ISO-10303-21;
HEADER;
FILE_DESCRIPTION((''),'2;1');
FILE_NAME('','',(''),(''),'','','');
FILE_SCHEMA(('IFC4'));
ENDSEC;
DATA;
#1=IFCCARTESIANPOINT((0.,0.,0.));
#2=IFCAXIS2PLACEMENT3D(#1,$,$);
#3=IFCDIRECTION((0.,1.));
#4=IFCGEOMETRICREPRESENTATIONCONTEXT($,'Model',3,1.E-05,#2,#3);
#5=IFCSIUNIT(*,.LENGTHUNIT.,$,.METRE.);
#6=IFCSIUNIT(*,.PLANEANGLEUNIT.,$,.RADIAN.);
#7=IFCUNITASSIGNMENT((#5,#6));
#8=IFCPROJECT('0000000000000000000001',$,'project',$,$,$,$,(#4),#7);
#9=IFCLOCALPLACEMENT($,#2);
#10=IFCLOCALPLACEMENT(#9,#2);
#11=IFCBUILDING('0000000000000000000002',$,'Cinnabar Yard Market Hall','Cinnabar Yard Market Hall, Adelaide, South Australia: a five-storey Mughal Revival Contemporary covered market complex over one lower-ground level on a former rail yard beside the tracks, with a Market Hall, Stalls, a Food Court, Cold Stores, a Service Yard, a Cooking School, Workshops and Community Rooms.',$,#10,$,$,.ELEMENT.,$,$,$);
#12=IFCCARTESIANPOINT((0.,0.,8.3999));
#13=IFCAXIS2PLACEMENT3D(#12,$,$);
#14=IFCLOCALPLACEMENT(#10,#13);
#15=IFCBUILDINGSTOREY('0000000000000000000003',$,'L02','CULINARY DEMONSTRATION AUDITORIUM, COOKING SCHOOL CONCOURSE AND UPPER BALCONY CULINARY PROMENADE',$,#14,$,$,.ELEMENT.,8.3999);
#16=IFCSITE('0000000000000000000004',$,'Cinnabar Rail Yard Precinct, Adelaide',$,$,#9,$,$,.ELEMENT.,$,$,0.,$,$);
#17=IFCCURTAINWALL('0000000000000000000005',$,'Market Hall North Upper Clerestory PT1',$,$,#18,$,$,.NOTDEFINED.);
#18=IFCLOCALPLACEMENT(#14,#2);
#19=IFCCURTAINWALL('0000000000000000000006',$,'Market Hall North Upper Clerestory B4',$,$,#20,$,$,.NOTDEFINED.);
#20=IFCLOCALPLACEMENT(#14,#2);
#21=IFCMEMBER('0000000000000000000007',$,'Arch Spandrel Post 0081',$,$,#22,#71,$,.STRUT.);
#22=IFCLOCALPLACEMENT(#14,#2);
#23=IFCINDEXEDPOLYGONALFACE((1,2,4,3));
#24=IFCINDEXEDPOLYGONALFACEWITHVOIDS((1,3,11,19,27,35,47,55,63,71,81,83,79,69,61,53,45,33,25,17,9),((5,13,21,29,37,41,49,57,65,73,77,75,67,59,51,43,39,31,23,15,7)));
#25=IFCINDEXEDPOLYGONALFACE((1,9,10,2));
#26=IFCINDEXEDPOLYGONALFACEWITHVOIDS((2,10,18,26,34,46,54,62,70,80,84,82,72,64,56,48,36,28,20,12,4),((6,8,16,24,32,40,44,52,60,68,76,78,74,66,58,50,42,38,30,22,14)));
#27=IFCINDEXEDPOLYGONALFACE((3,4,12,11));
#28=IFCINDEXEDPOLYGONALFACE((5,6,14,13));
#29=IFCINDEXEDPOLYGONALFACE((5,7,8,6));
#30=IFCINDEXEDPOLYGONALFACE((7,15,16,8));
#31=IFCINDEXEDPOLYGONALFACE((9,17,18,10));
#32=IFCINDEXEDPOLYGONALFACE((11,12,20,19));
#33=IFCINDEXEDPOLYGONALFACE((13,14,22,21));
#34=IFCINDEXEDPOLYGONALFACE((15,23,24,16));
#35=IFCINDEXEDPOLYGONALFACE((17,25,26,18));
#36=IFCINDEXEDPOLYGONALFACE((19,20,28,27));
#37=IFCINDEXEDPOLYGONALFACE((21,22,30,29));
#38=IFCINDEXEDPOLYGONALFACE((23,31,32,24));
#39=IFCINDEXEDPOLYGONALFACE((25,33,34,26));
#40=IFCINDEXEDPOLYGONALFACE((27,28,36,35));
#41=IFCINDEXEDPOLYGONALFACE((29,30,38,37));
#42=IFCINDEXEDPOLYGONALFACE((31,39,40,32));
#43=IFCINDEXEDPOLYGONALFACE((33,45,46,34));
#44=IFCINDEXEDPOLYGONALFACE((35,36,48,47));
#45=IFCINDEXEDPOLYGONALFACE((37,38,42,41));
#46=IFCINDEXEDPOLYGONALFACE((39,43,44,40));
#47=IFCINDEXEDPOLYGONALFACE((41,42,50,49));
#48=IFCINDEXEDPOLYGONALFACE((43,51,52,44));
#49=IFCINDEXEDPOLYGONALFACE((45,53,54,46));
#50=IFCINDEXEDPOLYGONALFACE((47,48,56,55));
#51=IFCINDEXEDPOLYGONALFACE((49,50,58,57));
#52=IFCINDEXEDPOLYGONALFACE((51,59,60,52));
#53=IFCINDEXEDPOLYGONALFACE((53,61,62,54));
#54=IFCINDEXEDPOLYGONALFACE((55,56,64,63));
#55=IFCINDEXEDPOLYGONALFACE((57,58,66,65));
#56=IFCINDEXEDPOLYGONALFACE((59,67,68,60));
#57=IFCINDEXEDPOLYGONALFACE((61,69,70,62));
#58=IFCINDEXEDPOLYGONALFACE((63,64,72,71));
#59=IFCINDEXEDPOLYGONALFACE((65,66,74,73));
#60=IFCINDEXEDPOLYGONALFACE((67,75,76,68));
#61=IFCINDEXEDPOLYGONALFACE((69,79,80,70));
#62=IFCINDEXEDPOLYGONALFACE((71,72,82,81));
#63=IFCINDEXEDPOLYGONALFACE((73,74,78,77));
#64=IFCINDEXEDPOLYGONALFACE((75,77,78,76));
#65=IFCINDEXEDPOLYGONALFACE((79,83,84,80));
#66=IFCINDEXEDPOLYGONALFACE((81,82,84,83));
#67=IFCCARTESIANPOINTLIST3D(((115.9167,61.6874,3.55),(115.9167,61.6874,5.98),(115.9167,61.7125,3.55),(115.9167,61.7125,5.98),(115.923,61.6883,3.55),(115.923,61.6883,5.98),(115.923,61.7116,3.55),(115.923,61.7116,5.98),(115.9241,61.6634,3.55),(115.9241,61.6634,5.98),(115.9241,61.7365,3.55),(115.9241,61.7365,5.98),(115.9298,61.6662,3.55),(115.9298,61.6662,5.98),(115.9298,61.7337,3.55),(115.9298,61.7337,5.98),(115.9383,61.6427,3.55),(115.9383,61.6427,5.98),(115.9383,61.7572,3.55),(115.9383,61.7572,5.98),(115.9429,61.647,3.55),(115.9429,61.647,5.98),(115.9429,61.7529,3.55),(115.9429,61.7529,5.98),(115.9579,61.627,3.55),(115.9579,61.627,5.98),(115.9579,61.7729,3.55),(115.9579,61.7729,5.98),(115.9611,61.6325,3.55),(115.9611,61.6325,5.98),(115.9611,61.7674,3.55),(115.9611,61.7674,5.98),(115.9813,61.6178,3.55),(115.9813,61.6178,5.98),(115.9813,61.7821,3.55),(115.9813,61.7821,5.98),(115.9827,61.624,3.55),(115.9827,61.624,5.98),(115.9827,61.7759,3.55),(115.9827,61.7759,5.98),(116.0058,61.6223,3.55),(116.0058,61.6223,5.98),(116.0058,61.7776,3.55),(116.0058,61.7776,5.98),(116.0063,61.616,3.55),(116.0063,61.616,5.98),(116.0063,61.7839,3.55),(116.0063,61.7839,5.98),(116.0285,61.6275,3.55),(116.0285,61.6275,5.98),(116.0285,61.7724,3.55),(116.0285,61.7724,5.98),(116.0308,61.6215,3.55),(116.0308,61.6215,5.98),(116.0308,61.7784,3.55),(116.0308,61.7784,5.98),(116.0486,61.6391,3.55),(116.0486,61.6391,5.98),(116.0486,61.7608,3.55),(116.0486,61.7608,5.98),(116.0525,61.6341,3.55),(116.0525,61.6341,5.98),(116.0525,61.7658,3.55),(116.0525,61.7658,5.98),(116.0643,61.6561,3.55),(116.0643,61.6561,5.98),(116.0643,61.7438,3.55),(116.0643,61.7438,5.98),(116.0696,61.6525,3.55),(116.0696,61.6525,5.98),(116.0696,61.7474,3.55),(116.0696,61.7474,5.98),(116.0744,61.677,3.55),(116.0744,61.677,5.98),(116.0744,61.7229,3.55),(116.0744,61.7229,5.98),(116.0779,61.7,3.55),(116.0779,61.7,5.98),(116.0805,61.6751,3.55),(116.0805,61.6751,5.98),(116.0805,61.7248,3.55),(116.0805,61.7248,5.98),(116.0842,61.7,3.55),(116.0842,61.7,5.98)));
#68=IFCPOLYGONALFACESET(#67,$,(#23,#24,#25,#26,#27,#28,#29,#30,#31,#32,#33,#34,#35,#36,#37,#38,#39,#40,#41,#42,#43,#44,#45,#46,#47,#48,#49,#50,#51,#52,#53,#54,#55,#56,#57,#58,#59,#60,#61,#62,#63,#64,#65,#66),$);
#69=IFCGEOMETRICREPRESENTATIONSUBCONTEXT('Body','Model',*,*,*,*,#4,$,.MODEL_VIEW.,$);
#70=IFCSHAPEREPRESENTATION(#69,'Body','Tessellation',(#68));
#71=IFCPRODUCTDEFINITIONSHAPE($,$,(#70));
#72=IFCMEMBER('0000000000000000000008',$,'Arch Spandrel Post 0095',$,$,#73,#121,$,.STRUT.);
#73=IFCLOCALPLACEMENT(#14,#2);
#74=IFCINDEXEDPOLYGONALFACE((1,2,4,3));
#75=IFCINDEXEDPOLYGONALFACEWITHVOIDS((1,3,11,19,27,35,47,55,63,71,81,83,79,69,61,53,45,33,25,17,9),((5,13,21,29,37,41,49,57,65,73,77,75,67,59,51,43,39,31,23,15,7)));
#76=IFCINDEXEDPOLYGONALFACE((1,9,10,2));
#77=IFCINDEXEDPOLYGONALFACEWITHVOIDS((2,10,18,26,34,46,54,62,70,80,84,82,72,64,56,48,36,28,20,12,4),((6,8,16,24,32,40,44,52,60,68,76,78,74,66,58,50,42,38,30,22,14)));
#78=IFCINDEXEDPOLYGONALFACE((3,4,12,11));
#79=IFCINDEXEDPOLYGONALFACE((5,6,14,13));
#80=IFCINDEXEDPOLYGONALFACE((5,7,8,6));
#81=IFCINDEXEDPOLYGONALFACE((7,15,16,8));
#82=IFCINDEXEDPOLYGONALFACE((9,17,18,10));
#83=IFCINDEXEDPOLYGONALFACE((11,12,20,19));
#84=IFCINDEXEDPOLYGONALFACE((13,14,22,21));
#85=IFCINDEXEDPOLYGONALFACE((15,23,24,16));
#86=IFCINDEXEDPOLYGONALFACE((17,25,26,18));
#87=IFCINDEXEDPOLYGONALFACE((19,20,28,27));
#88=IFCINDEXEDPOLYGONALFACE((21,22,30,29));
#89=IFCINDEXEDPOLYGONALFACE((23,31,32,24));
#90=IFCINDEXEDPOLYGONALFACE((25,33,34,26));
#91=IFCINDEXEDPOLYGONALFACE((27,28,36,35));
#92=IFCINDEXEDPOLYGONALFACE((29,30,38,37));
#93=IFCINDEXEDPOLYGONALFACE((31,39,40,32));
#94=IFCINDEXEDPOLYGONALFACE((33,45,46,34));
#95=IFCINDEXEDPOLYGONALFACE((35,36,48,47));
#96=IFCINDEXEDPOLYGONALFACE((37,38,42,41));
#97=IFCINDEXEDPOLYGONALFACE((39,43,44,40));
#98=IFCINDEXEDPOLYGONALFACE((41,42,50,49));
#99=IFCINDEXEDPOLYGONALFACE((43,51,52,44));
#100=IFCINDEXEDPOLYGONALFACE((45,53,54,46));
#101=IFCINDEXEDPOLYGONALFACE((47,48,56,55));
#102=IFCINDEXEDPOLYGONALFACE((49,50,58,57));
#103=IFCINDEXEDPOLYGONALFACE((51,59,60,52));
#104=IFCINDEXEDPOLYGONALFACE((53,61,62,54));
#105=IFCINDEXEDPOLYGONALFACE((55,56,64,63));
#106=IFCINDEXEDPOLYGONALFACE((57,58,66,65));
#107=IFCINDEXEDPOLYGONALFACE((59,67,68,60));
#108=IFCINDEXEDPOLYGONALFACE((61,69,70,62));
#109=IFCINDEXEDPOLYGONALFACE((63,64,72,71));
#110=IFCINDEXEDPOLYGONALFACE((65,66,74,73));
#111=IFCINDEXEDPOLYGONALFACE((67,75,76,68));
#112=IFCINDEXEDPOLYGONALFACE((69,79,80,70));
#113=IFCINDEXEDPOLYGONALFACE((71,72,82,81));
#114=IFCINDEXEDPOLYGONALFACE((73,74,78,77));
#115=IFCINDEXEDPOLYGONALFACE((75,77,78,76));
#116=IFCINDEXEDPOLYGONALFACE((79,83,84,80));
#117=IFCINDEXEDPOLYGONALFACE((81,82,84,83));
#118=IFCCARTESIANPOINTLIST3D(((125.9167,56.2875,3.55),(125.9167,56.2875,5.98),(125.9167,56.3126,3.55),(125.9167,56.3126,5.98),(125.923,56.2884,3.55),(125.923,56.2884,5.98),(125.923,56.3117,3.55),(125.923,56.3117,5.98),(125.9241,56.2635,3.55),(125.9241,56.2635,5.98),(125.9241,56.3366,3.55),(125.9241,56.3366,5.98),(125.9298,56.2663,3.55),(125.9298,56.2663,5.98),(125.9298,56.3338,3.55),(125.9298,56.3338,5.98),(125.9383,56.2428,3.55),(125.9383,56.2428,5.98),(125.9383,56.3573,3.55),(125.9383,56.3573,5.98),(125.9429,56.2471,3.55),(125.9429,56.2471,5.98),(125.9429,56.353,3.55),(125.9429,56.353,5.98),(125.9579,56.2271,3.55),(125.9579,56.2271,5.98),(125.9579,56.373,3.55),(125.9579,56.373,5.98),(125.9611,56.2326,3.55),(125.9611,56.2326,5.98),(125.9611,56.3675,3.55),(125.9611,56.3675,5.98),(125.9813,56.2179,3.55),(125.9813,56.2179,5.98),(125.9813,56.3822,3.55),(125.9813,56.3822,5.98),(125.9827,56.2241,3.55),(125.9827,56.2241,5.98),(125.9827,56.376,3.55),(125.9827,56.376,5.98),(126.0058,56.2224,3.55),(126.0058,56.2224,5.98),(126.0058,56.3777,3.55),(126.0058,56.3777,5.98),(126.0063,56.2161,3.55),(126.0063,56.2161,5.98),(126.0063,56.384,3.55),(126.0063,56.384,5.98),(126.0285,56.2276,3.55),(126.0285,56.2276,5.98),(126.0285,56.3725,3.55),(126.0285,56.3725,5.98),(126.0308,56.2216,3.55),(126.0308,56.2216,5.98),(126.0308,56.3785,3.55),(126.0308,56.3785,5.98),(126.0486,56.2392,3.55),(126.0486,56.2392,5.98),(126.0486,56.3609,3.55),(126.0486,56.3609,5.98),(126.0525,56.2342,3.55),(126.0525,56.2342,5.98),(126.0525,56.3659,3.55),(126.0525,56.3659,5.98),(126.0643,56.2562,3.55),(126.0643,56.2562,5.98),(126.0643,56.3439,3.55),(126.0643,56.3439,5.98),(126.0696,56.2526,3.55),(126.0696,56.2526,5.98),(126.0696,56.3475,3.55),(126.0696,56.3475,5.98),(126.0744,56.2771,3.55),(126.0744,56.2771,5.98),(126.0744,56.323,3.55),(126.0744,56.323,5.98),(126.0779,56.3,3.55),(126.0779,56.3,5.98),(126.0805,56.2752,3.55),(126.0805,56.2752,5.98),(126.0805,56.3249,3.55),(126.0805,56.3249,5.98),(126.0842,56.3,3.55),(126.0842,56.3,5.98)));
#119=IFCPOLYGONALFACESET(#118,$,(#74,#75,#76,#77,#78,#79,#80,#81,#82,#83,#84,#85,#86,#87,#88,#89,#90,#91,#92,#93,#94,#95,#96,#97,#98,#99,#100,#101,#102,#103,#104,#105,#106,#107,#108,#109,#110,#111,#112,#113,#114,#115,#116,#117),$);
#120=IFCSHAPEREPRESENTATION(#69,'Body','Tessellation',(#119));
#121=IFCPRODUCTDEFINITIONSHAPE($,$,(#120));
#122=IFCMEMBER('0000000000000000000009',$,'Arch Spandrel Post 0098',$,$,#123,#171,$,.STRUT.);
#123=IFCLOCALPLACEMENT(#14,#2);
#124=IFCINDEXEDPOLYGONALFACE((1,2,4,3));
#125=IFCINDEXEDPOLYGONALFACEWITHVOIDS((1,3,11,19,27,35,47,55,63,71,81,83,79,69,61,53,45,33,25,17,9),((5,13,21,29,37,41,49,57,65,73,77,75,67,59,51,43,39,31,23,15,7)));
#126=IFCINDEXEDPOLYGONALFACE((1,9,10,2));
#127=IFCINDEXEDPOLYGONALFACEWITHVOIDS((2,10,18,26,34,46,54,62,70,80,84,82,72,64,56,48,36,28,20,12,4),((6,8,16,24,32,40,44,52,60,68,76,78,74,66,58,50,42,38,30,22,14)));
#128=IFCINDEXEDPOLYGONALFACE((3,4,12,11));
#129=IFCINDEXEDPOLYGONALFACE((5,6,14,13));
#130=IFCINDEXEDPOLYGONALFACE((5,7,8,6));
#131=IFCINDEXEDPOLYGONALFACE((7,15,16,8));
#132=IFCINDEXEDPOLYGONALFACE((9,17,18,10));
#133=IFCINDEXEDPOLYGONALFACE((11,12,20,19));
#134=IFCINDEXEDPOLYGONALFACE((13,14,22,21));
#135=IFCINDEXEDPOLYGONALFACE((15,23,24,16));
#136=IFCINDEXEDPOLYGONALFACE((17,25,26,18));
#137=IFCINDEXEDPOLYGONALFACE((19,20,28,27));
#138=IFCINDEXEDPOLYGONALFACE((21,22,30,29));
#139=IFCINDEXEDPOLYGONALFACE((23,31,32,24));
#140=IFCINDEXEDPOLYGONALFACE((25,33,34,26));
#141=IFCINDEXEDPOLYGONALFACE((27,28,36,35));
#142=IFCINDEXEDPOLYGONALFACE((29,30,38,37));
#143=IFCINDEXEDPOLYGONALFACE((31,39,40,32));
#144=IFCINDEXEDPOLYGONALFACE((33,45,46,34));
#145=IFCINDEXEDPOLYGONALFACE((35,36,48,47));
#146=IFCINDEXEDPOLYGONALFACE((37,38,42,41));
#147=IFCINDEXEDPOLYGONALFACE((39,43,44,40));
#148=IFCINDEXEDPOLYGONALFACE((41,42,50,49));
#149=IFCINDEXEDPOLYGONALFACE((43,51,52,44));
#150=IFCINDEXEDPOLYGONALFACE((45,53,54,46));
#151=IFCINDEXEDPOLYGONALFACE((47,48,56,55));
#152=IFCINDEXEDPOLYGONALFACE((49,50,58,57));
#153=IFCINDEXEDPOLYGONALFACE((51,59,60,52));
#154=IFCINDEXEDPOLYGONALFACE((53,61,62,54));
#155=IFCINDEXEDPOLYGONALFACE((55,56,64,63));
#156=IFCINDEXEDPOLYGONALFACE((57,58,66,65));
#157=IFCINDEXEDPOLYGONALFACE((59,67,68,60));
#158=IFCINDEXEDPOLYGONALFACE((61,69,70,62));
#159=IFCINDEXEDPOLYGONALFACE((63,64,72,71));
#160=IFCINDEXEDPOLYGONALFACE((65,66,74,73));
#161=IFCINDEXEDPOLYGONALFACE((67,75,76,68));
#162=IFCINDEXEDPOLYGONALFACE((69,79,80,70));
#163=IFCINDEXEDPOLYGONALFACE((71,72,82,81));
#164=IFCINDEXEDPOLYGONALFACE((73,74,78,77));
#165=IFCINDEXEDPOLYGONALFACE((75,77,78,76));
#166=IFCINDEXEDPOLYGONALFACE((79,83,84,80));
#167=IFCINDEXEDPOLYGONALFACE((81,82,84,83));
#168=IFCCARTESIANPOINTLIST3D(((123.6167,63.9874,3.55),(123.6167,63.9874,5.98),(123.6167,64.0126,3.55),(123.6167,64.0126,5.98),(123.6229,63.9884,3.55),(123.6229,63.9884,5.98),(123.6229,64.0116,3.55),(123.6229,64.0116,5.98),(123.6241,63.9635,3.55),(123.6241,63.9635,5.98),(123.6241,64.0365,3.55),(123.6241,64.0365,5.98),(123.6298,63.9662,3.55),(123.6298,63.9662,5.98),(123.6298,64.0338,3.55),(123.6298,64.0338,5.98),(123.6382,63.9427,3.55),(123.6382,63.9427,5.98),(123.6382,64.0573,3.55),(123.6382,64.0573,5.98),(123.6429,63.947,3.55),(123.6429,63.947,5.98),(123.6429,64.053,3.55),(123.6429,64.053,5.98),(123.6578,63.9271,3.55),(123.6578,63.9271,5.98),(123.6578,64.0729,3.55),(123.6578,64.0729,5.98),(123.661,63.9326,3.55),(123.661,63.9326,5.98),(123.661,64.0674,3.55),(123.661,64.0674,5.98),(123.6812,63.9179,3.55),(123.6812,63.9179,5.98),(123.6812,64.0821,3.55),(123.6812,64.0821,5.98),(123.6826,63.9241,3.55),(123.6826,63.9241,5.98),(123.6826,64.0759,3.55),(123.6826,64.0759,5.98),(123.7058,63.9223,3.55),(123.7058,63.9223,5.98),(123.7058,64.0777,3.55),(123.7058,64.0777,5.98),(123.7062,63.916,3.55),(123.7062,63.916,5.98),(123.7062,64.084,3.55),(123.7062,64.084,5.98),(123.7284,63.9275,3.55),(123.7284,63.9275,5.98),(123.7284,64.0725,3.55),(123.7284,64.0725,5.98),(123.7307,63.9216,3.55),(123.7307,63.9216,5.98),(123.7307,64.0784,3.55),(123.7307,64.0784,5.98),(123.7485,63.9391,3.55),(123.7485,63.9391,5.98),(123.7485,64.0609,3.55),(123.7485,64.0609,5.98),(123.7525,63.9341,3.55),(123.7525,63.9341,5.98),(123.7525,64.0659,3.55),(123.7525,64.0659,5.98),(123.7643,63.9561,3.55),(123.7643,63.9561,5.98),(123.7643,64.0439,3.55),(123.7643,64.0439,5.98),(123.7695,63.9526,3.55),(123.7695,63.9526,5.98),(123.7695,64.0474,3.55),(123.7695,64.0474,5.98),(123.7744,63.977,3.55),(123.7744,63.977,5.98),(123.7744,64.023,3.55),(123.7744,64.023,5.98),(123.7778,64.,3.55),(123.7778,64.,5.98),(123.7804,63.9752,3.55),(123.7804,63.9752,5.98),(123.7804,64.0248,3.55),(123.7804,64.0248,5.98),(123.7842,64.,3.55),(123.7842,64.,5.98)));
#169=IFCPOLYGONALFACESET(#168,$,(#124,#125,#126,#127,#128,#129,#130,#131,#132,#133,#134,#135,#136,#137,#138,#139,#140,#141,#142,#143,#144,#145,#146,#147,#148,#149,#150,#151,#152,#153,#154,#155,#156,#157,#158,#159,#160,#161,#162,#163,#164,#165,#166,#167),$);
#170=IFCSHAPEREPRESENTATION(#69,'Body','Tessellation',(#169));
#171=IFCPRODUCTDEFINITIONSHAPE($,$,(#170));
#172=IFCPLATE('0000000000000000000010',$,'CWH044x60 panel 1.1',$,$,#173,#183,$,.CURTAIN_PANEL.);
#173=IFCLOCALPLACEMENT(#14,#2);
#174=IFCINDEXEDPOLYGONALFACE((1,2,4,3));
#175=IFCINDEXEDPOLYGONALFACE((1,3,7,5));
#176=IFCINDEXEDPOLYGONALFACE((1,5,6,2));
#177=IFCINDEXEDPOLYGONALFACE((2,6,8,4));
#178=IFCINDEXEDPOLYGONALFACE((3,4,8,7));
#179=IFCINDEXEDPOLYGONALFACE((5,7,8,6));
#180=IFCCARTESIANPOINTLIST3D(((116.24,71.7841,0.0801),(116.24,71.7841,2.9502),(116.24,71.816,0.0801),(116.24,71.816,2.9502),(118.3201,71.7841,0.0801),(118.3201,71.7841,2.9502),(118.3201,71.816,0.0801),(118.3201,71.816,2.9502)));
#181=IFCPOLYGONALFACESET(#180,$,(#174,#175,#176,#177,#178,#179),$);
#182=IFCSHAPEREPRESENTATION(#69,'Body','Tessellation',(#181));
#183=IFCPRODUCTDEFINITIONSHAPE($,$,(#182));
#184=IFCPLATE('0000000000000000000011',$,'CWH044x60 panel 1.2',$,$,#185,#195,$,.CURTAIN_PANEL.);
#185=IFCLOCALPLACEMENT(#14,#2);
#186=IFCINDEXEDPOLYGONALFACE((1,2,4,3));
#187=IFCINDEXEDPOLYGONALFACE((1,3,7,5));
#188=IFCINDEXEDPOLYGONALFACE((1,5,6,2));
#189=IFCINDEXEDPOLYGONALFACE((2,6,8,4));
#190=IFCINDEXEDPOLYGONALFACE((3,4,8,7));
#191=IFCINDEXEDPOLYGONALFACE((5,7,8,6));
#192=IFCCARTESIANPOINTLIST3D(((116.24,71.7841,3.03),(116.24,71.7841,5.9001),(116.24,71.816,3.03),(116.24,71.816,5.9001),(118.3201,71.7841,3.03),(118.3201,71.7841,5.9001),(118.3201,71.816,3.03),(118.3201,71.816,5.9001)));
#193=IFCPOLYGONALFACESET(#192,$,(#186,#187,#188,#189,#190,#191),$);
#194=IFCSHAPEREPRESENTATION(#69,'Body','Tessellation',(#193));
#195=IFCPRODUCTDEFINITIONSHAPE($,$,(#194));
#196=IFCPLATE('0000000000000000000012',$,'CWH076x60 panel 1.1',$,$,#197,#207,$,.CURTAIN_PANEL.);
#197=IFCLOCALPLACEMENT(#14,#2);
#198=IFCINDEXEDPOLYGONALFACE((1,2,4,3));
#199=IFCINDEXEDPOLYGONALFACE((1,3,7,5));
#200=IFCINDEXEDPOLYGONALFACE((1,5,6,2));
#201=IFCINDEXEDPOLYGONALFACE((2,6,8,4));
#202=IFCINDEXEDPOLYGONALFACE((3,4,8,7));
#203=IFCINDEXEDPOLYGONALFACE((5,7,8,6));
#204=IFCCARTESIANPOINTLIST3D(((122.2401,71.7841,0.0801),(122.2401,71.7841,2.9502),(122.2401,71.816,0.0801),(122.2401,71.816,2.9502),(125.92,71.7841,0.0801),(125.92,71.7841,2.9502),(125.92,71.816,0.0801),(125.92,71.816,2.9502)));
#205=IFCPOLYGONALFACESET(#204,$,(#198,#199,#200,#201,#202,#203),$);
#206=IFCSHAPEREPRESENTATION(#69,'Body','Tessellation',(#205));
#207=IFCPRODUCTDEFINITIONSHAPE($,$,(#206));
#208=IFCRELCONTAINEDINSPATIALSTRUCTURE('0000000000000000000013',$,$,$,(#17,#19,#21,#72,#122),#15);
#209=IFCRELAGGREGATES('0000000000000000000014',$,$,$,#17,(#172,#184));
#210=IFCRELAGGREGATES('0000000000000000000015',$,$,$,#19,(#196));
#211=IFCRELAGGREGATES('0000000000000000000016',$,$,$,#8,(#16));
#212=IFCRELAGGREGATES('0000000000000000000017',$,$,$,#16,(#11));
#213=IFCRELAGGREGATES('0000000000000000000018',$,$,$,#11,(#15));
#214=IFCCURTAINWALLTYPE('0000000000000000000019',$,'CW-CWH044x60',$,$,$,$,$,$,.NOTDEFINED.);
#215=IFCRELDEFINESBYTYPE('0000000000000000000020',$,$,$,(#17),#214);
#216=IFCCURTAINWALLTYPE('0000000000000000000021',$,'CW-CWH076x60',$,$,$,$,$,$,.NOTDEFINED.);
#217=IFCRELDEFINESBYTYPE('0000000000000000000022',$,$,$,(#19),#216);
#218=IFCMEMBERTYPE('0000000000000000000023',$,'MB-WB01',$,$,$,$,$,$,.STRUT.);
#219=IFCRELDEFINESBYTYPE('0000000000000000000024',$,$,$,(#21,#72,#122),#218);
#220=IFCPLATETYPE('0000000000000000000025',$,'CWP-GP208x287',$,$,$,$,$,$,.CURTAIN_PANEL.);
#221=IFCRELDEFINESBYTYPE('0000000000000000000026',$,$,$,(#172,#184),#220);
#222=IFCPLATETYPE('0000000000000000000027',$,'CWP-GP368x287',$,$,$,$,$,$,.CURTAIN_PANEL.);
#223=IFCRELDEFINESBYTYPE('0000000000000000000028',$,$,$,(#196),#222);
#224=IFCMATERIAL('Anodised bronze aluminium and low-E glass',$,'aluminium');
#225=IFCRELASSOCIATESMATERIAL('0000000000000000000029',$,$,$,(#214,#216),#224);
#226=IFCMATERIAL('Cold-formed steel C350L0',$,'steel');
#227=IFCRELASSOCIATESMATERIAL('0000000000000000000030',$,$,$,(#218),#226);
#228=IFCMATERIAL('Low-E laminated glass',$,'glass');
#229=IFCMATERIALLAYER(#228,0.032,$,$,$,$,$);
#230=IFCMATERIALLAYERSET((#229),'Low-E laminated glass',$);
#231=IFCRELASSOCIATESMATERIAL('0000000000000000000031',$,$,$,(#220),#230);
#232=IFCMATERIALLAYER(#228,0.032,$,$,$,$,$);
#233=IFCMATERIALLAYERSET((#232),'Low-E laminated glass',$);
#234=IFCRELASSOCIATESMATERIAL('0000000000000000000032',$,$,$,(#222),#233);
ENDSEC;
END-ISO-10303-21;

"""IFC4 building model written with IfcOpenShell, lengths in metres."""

from ifc_helpers import new_model, si_unit, direction, frame, origin, origin_2d_with_axis, place, context, subcontext, project, spatial, rectangle, hollow_circle, extrude, material, layer, layer_set, material_profile, profile_set, type_object, element, aggregate, save


model = new_model("IFC4")

# Units and contexts
model_context = context("Model", 3, precision=1e-05, world=origin(), true_north=direction((0.0, 1.0)))
body_context = subcontext(model_context, "Body", "Model", "MODEL_VIEW")
ifc_project = project(units=[si_unit("LENGTHUNIT", "METRE"), si_unit("PLANEANGLEUNIT", "RADIAN")], contexts=[model_context])

# Site, building, storey
site_placement = place(None, origin())
site = spatial("IfcSite", under=ifc_project, at=site_placement, Name="Cinnabar Rail Yard Precinct, Adelaide", CompositionType="ELEMENT", RefElevation=0.0)
building_placement = place(site_placement, origin())
building = spatial("IfcBuilding", under=site, at=building_placement, Name="Cinnabar Yard Market Hall", Description="Cinnabar Yard Market Hall, Adelaide, South Australia: a five-storey Mughal Revival Contemporary covered market complex over one lower-ground level on a former rail yard beside the tracks, with a Market Hall, Stalls, a Food Court, Cold Stores, a Service Yard, a Cooking School, Workshops and Community Rooms.", CompositionType="ELEMENT")
storey_placement = place(building_placement, frame((0.0, 0.0, 8.3999)))
storey = spatial("IfcBuildingStorey", under=building, at=storey_placement, Name="L02", Description="CULINARY DEMONSTRATION AUDITORIUM, COOKING SCHOOL CONCOURSE AND UPPER BALCONY CULINARY PROMENADE", CompositionType="ELEMENT", Elevation=8.3999)

# Curtain walls
ifc_material_1 = material(Name="Anodised bronze aluminium and low-E glass", Category="aluminium")
curtain_wall_type_1 = type_object("IfcCurtainWallType", Name="CW-CWH044x60", PredefinedType="NOTDEFINED", material=ifc_material_1)
curtain_wall_1_placement = place(storey_placement, origin())
curtain_wall_1 = element("IfcCurtainWall", 1, at=curtain_wall_1_placement, inside=storey, type_object=curtain_wall_type_1, Name="Market Hall North Upper Clerestory PT1", PredefinedType="NOTDEFINED")
curtain_wall_type_2 = type_object("IfcCurtainWallType", Name="CW-CWH076x60", PredefinedType="NOTDEFINED", material=ifc_material_1)
curtain_wall_2_placement = place(storey_placement, origin())
curtain_wall_2 = element("IfcCurtainWall", 2, at=curtain_wall_2_placement, inside=storey, type_object=curtain_wall_type_2, Name="Market Hall North Upper Clerestory B4", PredefinedType="NOTDEFINED")

# Members
ifc_material_2 = material(Name="Cold-formed steel C350L0", Category="steel")
ifc_material_profile_1 = material_profile(ifc_material_2, hollow_circle(Radius=0.0842, WallThickness=0.0063, at=origin_2d_with_axis()), Name="168.3x6.4CHS")
ifc_profile_set_1 = profile_set([ifc_material_profile_1], Name="Cold-formed steel C350L0")
member_type_1 = type_object("IfcMemberType", Name="MB-WB01", PredefinedType="STRUT", material=ifc_profile_set_1)
for number, where, z_axis, x_axis, name in (
    (3, (116.0, 61.7, 3.55), (0.0, 0.0, 1.0), (1.0, 0.0, 0.0), "Arch Spandrel Post 0081"),
    (4, (126.0, 56.3, 3.55), (0.0, 0.0, 1.0), (1.0, 0.0, 0.0), "Arch Spandrel Post 0095"),
    (5, (123.7, 64.0, 3.55), (0.0, 0.0, 1.0), (1.0, 0.0, 0.0), "Arch Spandrel Post 0098"),
):
    element("IfcMember", number, at=place(storey_placement, frame(where, z_axis=z_axis, x_axis=x_axis)), inside=storey, type_object=member_type_1, Name=name, PredefinedType="STRUT", context=body_context, shape_type="SweptSolid", body=[
        extrude(hollow_circle(Radius=0.0842, WallThickness=0.0063, at=origin_2d_with_axis()), origin(), (0.0, 0.0, 1.0), 2.4299),
    ])

# Plates
ifc_material_3 = material(Name="Low-E laminated glass", Category="glass")
ifc_layer_1 = layer(ifc_material_3, 0.032)
ifc_layer_set_1 = layer_set([ifc_layer_1], Name="Low-E laminated glass")
plate_type_1 = type_object("IfcPlateType", Name="CWP-GP208x287", PredefinedType="CURTAIN_PANEL", material=ifc_layer_set_1)
plate_1_placement = place(storey_placement, frame((117.28, 71.8, 0.0801), z_axis=(0.0, 0.0, 1.0), x_axis=(-1.0, 0.0, 0.0)))
plate_1 = element("IfcPlate", 6, at=plate_1_placement, type_object=plate_type_1, Name="CWH044x60 panel 1.1", PredefinedType="CURTAIN_PANEL", context=body_context, shape_type="SweptSolid", body=[
    extrude(rectangle(XDim=2.0801, YDim=0.032, at=origin_2d_with_axis()), origin(), (0.0, 0.0, 1.0), 2.8701),
])
plate_2_placement = place(storey_placement, frame((117.28, 71.8, 3.03), z_axis=(0.0, 0.0, 1.0), x_axis=(-1.0, 0.0, 0.0)))
plate_2 = element("IfcPlate", 7, at=plate_2_placement, type_object=plate_type_1, Name="CWH044x60 panel 1.2", PredefinedType="CURTAIN_PANEL", context=body_context, shape_type="SweptSolid", body=[
    extrude(rectangle(XDim=2.0801, YDim=0.032, at=origin_2d_with_axis()), origin(), (0.0, 0.0, 1.0), 2.8701),
])
aggregate(curtain_wall_1, [plate_1, plate_2])
ifc_layer_2 = layer(ifc_material_3, 0.032)
ifc_layer_set_2 = layer_set([ifc_layer_2], Name="Low-E laminated glass")
plate_type_2 = type_object("IfcPlateType", Name="CWP-GP368x287", PredefinedType="CURTAIN_PANEL", material=ifc_layer_set_2)
plate_3_placement = place(storey_placement, frame((124.0801, 71.8, 0.0801), z_axis=(0.0, 0.0, 1.0), x_axis=(-1.0, 0.0, 0.0)))
plate_3 = element("IfcPlate", 8, at=plate_3_placement, type_object=plate_type_2, Name="CWH076x60 panel 1.1", PredefinedType="CURTAIN_PANEL", context=body_context, shape_type="SweptSolid", body=[
    extrude(rectangle(XDim=3.6799, YDim=0.032, at=origin_2d_with_axis()), origin(), (0.0, 0.0, 1.0), 2.8701),
])
aggregate(curtain_wall_2, [plate_3])

save(model, "model.ifc")
